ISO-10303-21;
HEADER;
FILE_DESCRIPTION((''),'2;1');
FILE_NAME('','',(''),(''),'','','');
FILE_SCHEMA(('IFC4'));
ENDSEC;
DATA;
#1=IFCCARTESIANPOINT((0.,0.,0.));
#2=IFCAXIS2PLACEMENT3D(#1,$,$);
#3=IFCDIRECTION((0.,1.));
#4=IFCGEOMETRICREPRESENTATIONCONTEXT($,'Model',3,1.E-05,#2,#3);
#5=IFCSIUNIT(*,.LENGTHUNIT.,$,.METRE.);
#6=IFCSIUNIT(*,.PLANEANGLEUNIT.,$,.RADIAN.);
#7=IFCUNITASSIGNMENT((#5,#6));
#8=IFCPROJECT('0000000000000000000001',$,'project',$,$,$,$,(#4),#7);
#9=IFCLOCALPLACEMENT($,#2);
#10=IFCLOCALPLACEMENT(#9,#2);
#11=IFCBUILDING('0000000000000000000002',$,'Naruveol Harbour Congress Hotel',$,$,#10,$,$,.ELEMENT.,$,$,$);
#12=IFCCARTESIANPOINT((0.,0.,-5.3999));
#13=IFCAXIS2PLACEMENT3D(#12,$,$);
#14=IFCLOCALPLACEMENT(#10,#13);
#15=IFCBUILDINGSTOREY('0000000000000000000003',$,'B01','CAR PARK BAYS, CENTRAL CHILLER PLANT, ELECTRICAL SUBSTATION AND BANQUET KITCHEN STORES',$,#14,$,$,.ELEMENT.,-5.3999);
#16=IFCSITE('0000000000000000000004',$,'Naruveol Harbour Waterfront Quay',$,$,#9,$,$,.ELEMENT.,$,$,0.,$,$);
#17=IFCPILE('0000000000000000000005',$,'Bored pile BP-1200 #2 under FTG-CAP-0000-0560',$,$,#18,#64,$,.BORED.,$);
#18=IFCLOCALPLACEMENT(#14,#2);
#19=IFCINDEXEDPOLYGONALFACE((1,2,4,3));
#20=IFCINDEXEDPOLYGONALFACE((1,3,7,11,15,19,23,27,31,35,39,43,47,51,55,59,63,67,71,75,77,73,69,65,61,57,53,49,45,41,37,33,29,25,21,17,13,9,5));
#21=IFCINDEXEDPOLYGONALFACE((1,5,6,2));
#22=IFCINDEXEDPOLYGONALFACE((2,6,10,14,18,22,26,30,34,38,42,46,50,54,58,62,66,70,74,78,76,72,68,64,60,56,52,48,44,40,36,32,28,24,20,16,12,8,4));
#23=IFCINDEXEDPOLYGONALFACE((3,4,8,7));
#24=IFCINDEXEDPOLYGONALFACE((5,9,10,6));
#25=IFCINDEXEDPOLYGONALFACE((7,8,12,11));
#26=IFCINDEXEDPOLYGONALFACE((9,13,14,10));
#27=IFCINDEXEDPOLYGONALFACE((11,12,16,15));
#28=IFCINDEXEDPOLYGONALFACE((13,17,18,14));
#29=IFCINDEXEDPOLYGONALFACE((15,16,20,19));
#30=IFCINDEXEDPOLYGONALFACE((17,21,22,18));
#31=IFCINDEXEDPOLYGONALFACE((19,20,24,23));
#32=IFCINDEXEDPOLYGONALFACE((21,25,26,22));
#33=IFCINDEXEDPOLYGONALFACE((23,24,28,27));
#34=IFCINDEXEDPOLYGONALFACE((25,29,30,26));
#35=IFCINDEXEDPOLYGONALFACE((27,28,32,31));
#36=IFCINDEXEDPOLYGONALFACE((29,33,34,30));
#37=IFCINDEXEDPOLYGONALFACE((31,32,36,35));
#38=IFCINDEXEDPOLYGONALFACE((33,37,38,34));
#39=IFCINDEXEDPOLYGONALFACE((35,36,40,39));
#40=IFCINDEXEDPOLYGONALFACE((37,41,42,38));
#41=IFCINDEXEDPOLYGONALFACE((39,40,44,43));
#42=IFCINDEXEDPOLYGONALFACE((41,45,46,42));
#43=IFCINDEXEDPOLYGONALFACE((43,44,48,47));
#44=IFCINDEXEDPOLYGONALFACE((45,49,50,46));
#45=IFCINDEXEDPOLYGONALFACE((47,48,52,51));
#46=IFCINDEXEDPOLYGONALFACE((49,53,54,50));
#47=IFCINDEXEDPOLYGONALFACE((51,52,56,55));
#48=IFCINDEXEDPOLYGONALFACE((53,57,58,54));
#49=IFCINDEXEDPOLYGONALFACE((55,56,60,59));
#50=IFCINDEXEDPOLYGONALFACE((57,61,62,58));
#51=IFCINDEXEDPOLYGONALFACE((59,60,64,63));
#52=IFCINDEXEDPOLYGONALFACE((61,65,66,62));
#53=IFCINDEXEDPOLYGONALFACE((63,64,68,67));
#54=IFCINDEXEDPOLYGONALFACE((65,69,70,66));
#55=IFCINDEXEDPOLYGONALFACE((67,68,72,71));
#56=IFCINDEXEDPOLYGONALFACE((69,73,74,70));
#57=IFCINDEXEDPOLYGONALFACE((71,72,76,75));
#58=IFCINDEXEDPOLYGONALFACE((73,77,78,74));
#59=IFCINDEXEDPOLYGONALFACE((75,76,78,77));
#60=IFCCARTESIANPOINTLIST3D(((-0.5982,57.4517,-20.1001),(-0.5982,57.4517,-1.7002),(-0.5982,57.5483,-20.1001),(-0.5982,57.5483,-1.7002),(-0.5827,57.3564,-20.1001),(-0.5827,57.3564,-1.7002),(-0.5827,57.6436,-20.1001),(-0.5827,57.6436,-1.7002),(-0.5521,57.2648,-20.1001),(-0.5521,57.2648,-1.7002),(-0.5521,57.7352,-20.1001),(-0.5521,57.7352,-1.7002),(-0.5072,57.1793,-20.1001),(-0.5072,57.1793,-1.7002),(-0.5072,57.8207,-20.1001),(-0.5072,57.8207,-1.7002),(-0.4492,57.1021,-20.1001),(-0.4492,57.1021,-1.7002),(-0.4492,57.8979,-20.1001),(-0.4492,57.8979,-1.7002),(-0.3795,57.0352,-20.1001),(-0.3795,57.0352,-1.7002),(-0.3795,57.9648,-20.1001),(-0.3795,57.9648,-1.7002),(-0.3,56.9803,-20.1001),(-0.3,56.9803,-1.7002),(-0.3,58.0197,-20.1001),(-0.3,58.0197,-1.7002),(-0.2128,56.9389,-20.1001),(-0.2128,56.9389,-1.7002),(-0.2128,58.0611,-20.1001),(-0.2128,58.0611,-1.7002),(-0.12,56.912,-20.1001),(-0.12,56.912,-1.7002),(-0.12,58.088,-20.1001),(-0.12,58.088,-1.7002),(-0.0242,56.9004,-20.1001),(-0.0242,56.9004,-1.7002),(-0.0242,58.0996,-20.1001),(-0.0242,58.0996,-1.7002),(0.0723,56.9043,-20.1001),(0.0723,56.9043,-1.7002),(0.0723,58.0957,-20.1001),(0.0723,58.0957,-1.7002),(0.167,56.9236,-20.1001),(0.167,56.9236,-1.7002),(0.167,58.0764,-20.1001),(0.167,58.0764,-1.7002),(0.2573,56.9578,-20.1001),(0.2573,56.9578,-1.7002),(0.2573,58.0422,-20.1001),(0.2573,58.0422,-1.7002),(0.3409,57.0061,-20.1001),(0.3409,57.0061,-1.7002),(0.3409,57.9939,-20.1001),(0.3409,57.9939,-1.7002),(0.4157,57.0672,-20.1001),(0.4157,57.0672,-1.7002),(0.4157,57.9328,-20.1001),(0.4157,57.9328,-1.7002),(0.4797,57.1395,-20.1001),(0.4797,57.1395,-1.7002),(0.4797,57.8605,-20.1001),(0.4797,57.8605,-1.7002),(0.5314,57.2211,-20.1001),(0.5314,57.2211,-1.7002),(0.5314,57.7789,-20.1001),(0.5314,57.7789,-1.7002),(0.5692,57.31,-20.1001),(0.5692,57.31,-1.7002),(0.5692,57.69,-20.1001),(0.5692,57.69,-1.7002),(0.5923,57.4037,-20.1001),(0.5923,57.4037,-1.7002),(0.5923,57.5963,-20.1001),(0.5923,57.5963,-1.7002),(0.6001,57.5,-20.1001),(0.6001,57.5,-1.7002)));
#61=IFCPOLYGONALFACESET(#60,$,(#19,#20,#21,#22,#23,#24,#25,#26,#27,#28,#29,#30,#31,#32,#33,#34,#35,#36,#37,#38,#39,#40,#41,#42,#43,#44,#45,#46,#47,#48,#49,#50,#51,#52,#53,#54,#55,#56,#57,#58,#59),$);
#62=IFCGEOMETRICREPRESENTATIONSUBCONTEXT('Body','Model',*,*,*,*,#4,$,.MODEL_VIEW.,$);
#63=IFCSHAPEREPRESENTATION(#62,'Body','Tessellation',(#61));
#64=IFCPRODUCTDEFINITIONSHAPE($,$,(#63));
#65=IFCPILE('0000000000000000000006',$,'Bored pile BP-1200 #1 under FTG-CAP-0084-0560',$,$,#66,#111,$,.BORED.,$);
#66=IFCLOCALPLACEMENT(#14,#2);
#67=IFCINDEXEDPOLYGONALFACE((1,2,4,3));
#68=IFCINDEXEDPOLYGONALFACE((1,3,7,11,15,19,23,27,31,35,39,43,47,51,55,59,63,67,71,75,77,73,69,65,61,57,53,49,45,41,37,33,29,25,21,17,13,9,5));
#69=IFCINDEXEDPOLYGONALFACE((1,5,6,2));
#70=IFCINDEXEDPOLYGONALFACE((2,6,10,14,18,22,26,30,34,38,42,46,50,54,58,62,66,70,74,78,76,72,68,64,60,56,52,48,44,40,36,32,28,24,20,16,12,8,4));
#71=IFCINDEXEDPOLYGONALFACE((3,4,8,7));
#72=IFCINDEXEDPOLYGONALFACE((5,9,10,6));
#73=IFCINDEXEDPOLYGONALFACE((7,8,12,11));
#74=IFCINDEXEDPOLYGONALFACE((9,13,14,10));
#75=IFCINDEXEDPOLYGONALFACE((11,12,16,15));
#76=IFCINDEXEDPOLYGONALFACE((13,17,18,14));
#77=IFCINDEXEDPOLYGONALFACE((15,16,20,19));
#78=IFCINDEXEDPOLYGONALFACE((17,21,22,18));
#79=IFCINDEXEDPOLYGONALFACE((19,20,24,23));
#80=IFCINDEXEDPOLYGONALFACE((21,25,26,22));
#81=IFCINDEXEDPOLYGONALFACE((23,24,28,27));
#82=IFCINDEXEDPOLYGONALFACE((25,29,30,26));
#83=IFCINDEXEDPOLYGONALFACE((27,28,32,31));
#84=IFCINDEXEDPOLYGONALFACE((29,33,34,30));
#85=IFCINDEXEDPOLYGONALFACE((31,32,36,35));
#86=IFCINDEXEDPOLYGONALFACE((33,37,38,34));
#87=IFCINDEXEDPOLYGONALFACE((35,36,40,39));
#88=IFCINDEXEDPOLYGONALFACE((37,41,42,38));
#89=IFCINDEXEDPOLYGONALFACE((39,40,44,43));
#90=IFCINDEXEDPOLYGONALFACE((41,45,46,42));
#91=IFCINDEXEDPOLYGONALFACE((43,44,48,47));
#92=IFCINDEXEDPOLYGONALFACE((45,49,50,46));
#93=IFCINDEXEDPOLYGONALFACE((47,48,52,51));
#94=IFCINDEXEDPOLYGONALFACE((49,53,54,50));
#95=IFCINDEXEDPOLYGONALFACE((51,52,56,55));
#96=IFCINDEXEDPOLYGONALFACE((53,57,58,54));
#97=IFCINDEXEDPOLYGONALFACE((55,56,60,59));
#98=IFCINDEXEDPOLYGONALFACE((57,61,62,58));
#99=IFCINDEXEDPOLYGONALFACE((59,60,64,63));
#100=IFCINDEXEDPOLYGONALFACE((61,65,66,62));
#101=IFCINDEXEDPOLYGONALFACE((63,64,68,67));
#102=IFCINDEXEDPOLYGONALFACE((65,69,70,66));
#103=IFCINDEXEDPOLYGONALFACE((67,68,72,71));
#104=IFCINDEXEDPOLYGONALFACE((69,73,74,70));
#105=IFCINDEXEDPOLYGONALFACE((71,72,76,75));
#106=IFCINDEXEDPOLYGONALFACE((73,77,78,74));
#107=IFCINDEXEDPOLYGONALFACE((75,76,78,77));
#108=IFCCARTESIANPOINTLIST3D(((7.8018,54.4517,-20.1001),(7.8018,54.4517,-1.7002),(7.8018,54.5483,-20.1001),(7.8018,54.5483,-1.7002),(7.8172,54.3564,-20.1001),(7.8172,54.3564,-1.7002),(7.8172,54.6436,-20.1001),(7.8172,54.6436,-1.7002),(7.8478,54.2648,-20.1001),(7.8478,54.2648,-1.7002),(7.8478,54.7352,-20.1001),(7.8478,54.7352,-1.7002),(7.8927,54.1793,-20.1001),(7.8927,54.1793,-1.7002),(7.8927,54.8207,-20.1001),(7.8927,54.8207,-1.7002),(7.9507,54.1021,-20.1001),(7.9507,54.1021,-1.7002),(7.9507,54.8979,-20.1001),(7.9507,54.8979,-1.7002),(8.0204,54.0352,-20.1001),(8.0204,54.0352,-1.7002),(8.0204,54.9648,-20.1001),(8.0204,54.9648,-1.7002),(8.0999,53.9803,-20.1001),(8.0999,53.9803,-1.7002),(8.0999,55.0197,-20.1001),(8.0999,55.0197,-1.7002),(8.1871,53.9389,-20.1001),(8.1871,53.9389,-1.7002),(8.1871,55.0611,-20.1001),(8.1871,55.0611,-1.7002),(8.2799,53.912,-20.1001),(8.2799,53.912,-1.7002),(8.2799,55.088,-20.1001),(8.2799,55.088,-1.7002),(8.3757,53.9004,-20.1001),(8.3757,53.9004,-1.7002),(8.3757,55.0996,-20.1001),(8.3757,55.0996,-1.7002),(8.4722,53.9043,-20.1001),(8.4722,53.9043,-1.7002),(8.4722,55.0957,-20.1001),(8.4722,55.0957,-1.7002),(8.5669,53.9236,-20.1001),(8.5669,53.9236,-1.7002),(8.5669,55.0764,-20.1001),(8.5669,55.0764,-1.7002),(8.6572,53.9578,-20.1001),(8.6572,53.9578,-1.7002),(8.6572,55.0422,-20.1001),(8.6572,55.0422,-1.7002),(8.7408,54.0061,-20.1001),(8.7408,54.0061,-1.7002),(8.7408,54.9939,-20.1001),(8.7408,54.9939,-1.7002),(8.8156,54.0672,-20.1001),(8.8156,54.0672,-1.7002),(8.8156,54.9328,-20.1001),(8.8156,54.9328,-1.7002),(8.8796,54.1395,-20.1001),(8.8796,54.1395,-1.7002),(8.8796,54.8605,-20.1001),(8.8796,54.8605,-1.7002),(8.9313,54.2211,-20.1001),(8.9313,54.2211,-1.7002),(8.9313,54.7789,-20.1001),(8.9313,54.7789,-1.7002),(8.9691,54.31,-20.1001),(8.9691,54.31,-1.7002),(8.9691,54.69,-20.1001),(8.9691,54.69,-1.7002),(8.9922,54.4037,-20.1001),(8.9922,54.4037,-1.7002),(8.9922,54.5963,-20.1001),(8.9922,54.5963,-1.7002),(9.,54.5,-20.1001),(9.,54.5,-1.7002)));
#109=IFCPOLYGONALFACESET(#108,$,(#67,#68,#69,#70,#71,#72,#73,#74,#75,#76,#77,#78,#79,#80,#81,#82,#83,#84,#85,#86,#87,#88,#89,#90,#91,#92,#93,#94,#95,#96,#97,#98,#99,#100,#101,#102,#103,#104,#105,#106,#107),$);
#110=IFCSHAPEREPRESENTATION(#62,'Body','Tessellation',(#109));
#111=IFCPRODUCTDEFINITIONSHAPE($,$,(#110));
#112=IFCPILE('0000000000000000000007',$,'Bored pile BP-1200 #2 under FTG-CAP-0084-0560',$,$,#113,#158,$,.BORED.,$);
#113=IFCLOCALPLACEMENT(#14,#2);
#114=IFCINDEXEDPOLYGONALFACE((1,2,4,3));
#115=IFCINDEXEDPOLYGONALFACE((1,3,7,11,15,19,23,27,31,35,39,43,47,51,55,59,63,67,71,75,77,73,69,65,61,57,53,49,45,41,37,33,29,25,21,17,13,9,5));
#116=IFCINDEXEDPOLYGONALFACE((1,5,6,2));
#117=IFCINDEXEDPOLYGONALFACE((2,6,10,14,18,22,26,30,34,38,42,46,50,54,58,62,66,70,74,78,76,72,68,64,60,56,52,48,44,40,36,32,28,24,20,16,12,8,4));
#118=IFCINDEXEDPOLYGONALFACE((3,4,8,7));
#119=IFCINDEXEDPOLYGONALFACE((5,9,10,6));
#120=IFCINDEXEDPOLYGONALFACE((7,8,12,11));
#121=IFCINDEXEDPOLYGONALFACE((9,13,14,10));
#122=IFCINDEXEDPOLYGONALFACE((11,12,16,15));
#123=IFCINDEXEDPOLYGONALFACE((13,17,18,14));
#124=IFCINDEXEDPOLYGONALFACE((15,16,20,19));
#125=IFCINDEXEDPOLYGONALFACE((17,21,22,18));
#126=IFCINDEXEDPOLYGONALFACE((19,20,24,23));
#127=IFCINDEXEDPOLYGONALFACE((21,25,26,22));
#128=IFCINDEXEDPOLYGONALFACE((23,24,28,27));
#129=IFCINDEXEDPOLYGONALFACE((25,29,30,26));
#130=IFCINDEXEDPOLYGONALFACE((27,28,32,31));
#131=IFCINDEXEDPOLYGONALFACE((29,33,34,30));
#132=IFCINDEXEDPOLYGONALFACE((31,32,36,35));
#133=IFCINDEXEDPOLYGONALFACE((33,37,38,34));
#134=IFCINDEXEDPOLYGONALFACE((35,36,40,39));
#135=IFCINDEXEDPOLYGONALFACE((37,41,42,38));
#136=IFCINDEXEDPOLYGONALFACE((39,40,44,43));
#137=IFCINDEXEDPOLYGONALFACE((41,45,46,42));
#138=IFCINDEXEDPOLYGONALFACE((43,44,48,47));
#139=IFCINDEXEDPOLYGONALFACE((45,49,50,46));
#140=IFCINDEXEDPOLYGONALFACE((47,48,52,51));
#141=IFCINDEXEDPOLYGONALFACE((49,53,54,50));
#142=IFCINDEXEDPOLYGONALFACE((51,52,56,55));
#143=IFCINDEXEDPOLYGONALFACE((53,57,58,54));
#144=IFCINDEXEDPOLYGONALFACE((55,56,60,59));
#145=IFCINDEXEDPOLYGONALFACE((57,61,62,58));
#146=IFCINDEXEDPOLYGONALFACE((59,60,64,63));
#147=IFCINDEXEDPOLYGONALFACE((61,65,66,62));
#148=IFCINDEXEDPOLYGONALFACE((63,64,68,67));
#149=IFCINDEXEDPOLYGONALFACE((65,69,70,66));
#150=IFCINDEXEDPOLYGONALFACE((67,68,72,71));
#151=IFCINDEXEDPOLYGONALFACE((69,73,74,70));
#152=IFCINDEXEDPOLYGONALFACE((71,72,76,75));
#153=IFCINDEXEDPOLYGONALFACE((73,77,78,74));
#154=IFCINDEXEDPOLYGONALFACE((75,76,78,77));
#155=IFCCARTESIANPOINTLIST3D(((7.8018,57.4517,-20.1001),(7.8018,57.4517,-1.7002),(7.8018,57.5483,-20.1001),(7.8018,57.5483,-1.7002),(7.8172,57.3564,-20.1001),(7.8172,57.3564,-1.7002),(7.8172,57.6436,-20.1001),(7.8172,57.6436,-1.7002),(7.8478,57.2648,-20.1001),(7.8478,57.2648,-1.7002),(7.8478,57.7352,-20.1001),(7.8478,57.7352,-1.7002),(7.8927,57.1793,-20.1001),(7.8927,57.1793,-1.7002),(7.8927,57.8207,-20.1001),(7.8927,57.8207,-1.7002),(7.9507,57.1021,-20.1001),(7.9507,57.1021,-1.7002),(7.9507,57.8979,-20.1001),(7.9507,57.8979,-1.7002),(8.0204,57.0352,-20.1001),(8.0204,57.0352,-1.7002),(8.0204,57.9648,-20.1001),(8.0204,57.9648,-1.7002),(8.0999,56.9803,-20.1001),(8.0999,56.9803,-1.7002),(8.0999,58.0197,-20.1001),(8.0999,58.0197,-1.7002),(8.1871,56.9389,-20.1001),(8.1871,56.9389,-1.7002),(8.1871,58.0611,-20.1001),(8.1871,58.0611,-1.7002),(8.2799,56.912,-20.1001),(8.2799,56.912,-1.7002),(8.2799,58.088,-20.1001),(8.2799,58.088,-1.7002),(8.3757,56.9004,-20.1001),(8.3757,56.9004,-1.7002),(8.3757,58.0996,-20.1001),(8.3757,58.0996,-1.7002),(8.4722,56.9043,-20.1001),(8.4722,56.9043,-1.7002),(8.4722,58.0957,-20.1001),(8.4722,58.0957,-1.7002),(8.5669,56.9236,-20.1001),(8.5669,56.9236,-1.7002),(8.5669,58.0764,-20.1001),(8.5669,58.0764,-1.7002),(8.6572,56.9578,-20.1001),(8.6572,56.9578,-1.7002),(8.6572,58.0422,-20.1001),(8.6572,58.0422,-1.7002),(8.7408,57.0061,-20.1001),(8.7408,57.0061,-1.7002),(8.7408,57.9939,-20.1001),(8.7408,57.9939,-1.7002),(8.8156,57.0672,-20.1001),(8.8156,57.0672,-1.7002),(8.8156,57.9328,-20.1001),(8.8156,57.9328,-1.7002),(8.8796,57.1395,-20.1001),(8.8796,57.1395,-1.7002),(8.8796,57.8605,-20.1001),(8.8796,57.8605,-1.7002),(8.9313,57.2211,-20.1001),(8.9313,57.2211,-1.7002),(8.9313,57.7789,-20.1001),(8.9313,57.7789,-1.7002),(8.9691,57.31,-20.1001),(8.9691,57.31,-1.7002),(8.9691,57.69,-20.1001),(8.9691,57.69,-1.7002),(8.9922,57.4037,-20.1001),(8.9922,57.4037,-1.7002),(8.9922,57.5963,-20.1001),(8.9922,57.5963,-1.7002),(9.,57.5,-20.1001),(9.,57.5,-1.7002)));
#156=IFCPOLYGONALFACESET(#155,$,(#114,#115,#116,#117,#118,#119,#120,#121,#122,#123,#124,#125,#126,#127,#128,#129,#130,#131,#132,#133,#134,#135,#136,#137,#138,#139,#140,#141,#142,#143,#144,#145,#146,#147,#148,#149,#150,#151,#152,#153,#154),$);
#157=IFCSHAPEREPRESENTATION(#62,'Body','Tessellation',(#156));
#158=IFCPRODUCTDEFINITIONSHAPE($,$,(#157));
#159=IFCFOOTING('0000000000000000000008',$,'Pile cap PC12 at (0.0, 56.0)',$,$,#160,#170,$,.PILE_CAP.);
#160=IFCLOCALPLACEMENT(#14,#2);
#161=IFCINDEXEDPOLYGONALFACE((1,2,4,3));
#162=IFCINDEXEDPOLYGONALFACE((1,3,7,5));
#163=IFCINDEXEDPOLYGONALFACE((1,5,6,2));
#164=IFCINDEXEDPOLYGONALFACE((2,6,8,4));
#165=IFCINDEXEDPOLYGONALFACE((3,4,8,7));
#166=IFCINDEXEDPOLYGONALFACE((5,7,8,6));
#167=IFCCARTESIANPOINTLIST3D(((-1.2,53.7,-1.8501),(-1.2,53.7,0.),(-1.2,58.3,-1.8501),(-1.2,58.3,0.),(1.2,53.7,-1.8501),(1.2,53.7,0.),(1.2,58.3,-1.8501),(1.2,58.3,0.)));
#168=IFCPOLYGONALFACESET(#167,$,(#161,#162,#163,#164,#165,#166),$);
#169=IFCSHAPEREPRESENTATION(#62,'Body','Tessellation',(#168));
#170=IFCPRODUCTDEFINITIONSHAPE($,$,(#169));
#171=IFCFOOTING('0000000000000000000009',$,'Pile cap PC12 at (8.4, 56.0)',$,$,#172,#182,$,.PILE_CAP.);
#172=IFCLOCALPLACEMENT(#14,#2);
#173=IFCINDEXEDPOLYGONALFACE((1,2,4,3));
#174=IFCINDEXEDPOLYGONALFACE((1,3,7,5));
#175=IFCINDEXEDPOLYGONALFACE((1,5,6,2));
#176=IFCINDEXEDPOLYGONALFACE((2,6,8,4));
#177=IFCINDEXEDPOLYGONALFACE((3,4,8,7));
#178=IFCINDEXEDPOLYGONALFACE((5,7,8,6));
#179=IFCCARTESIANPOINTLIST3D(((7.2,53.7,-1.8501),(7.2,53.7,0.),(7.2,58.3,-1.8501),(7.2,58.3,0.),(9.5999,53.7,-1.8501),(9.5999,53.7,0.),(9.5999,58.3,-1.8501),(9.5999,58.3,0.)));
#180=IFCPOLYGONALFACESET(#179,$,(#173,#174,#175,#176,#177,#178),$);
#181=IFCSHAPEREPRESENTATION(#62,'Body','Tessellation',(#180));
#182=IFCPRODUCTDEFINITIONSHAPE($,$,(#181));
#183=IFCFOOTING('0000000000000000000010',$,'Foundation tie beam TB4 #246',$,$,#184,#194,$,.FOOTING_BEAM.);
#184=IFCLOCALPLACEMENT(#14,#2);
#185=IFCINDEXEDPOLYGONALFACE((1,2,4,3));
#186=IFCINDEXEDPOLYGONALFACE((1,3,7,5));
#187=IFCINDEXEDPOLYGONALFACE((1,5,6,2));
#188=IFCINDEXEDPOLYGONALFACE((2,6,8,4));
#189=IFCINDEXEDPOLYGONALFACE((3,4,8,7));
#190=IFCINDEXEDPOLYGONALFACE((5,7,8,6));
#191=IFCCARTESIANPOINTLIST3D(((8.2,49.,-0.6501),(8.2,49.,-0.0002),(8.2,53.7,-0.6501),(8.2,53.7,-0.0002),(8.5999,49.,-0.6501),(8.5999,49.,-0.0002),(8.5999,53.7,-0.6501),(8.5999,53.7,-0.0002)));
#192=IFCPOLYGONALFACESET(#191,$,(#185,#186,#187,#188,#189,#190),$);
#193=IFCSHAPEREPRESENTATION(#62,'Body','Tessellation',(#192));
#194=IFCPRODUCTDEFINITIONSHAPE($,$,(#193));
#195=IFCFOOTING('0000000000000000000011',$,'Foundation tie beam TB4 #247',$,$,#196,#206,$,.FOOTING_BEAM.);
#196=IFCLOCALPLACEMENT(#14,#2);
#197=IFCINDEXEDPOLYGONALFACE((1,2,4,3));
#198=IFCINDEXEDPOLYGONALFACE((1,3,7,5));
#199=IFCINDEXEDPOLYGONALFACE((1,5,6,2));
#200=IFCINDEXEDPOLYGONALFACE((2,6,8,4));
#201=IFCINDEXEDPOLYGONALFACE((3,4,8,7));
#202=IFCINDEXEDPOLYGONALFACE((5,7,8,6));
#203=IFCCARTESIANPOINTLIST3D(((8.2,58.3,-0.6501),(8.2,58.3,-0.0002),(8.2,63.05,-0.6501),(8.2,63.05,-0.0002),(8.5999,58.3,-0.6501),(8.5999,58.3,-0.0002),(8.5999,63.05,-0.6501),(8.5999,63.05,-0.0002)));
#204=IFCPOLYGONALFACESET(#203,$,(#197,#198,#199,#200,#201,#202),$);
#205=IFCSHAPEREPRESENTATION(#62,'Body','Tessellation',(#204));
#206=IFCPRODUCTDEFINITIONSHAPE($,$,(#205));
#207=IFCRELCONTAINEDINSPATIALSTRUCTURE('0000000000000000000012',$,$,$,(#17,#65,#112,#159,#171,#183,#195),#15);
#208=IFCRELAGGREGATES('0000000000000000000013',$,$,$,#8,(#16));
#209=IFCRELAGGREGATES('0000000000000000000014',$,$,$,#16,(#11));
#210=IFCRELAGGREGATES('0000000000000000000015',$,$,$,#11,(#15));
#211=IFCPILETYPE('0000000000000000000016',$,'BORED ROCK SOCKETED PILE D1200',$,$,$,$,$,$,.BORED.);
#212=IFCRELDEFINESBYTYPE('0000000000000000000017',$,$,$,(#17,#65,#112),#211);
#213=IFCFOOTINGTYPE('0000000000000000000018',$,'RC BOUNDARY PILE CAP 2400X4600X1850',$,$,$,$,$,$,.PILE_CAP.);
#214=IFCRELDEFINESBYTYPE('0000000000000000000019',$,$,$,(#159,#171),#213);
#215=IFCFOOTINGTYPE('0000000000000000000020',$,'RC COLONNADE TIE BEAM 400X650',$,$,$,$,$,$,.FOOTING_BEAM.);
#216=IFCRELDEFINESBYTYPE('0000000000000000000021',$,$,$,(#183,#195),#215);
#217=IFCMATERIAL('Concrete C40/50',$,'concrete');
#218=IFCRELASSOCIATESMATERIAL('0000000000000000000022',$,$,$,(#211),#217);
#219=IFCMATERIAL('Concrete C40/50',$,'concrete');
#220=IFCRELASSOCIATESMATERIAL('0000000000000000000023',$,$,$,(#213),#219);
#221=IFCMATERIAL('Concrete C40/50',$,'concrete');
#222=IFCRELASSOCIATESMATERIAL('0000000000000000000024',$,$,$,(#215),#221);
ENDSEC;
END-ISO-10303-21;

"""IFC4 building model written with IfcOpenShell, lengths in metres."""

from ifc_helpers import new_model, si_unit, direction, frame, origin, origin_2d, place, context, subcontext, project, spatial, rectangle, circle, extrude, material, material_profile, profile_set, type_object, element, save


model = new_model("IFC4")

# Units and contexts
model_context = context("Model", 3, precision=1e-05, world=origin(), true_north=direction((0.0, 1.0)))
body_context = subcontext(model_context, "Body", "Model", "MODEL_VIEW")
ifc_project = project(units=[si_unit("LENGTHUNIT", "METRE"), si_unit("PLANEANGLEUNIT", "RADIAN")], contexts=[model_context])

# Site, building, storey
site_placement = place(None, origin())
site = spatial("IfcSite", under=ifc_project, at=site_placement, Name="Naruveol Harbour Waterfront Quay", CompositionType="ELEMENT", RefElevation=0.0)
building_placement = place(site_placement, origin())
building = spatial("IfcBuilding", under=site, at=building_placement, Name="Naruveol Harbour Congress Hotel", CompositionType="ELEMENT")
storey_placement = place(building_placement, frame((0.0, 0.0, -5.3999)))
storey = spatial("IfcBuildingStorey", under=building, at=storey_placement, Name="B01", Description="CAR PARK BAYS, CENTRAL CHILLER PLANT, ELECTRICAL SUBSTATION AND BANQUET KITCHEN STORES", CompositionType="ELEMENT", Elevation=-5.3999)

# Piles
ifc_material_1 = material(Name="Concrete C40/50", Category="concrete")
ifc_material_profile_1 = material_profile(ifc_material_1, circle(Radius=0.6001, at=origin_2d()), Name="BP-1200")
ifc_profile_set_1 = profile_set([ifc_material_profile_1], Name="Concrete C40/50")
pile_type_1 = type_object("IfcPileType", Name="BORED ROCK SOCKETED PILE D1200", PredefinedType="BORED", material=ifc_profile_set_1)
for number, where, z_axis, x_axis, name in (
    (1, (0.0, 57.5, -1.7002), (0.0, 0.0, -1.0), (1.0, 0.0, 0.0), "Bored pile BP-1200 #2 under FTG-CAP-0000-0560"),
    (2, (8.3999, 54.5, -1.7002), (0.0, 0.0, -1.0), (1.0, 0.0, 0.0), "Bored pile BP-1200 #1 under FTG-CAP-0084-0560"),
    (3, (8.3999, 57.5, -1.7002), (0.0, 0.0, -1.0), (1.0, 0.0, 0.0), "Bored pile BP-1200 #2 under FTG-CAP-0084-0560"),
):
    element("IfcPile", number, at=place(storey_placement, frame(where, z_axis=z_axis, x_axis=x_axis)), inside=storey, type_object=pile_type_1, Name=name, PredefinedType="BORED", context=body_context, shape_type="SweptSolid", body=[
        extrude(circle(Radius=0.6001, at=origin_2d()), origin(), (0.0, 0.0, 1.0), 18.3999),
    ])

# Footings
ifc_material_2 = material(Name="Concrete C40/50", Category="concrete")
footing_type_1 = type_object("IfcFootingType", Name="RC BOUNDARY PILE CAP 2400X4600X1850", PredefinedType="PILE_CAP", material=ifc_material_2)
for number, where, z_axis, x_axis, name in (
    (4, (0.0, 56.0, -1.8501), (0.0, 0.0, 1.0), (1.0, 0.0, 0.0), "Pile cap PC12 at (0.0, 56.0)"),
    (5, (8.3999, 56.0, -1.8501), (0.0, 0.0, 1.0), (1.0, 0.0, 0.0), "Pile cap PC12 at (8.4, 56.0)"),
):
    element("IfcFooting", number, at=place(storey_placement, frame(where, z_axis=z_axis, x_axis=x_axis)), inside=storey, type_object=footing_type_1, Name=name, PredefinedType="PILE_CAP", context=body_context, shape_type="SweptSolid", body=[
        extrude(rectangle(XDim=2.3999, YDim=4.6001, at=origin_2d()), origin(), (0.0, 0.0, 1.0), 1.8501),
    ])
ifc_material_3 = material(Name="Concrete C40/50", Category="concrete")
ifc_material_profile_2 = material_profile(ifc_material_3, rectangle(XDim=0.3999, YDim=0.6499, at=origin_2d()), Name="RCB-400x650")
ifc_profile_set_2 = profile_set([ifc_material_profile_2], Name="Concrete C40/50")
footing_type_2 = type_object("IfcFootingType", Name="RC COLONNADE TIE BEAM 400X650", PredefinedType="FOOTING_BEAM", material=ifc_profile_set_2)
footing_1_placement = place(storey_placement, frame((8.3999, 49.0, -0.3252), z_axis=(0.0, 1.0, 0.0), x_axis=(-1.0, 0.0, 0.0)))
element("IfcFooting", 6, at=footing_1_placement, inside=storey, type_object=footing_type_2, Name="Foundation tie beam TB4 #246", PredefinedType="FOOTING_BEAM", context=body_context, shape_type="SweptSolid", body=[
    extrude(rectangle(XDim=0.3999, YDim=0.6499, at=origin_2d()), origin(), (0.0, 0.0, 1.0), 4.7),
])
footing_2_placement = place(storey_placement, frame((8.3999, 58.3, -0.3252), z_axis=(0.0, 1.0, 0.0), x_axis=(-1.0, 0.0, 0.0)))
element("IfcFooting", 7, at=footing_2_placement, inside=storey, type_object=footing_type_2, Name="Foundation tie beam TB4 #247", PredefinedType="FOOTING_BEAM", context=body_context, shape_type="SweptSolid", body=[
    extrude(rectangle(XDim=0.3999, YDim=0.6499, at=origin_2d()), origin(), (0.0, 0.0, 1.0), 4.75),
])

save(model, "model.ifc")
